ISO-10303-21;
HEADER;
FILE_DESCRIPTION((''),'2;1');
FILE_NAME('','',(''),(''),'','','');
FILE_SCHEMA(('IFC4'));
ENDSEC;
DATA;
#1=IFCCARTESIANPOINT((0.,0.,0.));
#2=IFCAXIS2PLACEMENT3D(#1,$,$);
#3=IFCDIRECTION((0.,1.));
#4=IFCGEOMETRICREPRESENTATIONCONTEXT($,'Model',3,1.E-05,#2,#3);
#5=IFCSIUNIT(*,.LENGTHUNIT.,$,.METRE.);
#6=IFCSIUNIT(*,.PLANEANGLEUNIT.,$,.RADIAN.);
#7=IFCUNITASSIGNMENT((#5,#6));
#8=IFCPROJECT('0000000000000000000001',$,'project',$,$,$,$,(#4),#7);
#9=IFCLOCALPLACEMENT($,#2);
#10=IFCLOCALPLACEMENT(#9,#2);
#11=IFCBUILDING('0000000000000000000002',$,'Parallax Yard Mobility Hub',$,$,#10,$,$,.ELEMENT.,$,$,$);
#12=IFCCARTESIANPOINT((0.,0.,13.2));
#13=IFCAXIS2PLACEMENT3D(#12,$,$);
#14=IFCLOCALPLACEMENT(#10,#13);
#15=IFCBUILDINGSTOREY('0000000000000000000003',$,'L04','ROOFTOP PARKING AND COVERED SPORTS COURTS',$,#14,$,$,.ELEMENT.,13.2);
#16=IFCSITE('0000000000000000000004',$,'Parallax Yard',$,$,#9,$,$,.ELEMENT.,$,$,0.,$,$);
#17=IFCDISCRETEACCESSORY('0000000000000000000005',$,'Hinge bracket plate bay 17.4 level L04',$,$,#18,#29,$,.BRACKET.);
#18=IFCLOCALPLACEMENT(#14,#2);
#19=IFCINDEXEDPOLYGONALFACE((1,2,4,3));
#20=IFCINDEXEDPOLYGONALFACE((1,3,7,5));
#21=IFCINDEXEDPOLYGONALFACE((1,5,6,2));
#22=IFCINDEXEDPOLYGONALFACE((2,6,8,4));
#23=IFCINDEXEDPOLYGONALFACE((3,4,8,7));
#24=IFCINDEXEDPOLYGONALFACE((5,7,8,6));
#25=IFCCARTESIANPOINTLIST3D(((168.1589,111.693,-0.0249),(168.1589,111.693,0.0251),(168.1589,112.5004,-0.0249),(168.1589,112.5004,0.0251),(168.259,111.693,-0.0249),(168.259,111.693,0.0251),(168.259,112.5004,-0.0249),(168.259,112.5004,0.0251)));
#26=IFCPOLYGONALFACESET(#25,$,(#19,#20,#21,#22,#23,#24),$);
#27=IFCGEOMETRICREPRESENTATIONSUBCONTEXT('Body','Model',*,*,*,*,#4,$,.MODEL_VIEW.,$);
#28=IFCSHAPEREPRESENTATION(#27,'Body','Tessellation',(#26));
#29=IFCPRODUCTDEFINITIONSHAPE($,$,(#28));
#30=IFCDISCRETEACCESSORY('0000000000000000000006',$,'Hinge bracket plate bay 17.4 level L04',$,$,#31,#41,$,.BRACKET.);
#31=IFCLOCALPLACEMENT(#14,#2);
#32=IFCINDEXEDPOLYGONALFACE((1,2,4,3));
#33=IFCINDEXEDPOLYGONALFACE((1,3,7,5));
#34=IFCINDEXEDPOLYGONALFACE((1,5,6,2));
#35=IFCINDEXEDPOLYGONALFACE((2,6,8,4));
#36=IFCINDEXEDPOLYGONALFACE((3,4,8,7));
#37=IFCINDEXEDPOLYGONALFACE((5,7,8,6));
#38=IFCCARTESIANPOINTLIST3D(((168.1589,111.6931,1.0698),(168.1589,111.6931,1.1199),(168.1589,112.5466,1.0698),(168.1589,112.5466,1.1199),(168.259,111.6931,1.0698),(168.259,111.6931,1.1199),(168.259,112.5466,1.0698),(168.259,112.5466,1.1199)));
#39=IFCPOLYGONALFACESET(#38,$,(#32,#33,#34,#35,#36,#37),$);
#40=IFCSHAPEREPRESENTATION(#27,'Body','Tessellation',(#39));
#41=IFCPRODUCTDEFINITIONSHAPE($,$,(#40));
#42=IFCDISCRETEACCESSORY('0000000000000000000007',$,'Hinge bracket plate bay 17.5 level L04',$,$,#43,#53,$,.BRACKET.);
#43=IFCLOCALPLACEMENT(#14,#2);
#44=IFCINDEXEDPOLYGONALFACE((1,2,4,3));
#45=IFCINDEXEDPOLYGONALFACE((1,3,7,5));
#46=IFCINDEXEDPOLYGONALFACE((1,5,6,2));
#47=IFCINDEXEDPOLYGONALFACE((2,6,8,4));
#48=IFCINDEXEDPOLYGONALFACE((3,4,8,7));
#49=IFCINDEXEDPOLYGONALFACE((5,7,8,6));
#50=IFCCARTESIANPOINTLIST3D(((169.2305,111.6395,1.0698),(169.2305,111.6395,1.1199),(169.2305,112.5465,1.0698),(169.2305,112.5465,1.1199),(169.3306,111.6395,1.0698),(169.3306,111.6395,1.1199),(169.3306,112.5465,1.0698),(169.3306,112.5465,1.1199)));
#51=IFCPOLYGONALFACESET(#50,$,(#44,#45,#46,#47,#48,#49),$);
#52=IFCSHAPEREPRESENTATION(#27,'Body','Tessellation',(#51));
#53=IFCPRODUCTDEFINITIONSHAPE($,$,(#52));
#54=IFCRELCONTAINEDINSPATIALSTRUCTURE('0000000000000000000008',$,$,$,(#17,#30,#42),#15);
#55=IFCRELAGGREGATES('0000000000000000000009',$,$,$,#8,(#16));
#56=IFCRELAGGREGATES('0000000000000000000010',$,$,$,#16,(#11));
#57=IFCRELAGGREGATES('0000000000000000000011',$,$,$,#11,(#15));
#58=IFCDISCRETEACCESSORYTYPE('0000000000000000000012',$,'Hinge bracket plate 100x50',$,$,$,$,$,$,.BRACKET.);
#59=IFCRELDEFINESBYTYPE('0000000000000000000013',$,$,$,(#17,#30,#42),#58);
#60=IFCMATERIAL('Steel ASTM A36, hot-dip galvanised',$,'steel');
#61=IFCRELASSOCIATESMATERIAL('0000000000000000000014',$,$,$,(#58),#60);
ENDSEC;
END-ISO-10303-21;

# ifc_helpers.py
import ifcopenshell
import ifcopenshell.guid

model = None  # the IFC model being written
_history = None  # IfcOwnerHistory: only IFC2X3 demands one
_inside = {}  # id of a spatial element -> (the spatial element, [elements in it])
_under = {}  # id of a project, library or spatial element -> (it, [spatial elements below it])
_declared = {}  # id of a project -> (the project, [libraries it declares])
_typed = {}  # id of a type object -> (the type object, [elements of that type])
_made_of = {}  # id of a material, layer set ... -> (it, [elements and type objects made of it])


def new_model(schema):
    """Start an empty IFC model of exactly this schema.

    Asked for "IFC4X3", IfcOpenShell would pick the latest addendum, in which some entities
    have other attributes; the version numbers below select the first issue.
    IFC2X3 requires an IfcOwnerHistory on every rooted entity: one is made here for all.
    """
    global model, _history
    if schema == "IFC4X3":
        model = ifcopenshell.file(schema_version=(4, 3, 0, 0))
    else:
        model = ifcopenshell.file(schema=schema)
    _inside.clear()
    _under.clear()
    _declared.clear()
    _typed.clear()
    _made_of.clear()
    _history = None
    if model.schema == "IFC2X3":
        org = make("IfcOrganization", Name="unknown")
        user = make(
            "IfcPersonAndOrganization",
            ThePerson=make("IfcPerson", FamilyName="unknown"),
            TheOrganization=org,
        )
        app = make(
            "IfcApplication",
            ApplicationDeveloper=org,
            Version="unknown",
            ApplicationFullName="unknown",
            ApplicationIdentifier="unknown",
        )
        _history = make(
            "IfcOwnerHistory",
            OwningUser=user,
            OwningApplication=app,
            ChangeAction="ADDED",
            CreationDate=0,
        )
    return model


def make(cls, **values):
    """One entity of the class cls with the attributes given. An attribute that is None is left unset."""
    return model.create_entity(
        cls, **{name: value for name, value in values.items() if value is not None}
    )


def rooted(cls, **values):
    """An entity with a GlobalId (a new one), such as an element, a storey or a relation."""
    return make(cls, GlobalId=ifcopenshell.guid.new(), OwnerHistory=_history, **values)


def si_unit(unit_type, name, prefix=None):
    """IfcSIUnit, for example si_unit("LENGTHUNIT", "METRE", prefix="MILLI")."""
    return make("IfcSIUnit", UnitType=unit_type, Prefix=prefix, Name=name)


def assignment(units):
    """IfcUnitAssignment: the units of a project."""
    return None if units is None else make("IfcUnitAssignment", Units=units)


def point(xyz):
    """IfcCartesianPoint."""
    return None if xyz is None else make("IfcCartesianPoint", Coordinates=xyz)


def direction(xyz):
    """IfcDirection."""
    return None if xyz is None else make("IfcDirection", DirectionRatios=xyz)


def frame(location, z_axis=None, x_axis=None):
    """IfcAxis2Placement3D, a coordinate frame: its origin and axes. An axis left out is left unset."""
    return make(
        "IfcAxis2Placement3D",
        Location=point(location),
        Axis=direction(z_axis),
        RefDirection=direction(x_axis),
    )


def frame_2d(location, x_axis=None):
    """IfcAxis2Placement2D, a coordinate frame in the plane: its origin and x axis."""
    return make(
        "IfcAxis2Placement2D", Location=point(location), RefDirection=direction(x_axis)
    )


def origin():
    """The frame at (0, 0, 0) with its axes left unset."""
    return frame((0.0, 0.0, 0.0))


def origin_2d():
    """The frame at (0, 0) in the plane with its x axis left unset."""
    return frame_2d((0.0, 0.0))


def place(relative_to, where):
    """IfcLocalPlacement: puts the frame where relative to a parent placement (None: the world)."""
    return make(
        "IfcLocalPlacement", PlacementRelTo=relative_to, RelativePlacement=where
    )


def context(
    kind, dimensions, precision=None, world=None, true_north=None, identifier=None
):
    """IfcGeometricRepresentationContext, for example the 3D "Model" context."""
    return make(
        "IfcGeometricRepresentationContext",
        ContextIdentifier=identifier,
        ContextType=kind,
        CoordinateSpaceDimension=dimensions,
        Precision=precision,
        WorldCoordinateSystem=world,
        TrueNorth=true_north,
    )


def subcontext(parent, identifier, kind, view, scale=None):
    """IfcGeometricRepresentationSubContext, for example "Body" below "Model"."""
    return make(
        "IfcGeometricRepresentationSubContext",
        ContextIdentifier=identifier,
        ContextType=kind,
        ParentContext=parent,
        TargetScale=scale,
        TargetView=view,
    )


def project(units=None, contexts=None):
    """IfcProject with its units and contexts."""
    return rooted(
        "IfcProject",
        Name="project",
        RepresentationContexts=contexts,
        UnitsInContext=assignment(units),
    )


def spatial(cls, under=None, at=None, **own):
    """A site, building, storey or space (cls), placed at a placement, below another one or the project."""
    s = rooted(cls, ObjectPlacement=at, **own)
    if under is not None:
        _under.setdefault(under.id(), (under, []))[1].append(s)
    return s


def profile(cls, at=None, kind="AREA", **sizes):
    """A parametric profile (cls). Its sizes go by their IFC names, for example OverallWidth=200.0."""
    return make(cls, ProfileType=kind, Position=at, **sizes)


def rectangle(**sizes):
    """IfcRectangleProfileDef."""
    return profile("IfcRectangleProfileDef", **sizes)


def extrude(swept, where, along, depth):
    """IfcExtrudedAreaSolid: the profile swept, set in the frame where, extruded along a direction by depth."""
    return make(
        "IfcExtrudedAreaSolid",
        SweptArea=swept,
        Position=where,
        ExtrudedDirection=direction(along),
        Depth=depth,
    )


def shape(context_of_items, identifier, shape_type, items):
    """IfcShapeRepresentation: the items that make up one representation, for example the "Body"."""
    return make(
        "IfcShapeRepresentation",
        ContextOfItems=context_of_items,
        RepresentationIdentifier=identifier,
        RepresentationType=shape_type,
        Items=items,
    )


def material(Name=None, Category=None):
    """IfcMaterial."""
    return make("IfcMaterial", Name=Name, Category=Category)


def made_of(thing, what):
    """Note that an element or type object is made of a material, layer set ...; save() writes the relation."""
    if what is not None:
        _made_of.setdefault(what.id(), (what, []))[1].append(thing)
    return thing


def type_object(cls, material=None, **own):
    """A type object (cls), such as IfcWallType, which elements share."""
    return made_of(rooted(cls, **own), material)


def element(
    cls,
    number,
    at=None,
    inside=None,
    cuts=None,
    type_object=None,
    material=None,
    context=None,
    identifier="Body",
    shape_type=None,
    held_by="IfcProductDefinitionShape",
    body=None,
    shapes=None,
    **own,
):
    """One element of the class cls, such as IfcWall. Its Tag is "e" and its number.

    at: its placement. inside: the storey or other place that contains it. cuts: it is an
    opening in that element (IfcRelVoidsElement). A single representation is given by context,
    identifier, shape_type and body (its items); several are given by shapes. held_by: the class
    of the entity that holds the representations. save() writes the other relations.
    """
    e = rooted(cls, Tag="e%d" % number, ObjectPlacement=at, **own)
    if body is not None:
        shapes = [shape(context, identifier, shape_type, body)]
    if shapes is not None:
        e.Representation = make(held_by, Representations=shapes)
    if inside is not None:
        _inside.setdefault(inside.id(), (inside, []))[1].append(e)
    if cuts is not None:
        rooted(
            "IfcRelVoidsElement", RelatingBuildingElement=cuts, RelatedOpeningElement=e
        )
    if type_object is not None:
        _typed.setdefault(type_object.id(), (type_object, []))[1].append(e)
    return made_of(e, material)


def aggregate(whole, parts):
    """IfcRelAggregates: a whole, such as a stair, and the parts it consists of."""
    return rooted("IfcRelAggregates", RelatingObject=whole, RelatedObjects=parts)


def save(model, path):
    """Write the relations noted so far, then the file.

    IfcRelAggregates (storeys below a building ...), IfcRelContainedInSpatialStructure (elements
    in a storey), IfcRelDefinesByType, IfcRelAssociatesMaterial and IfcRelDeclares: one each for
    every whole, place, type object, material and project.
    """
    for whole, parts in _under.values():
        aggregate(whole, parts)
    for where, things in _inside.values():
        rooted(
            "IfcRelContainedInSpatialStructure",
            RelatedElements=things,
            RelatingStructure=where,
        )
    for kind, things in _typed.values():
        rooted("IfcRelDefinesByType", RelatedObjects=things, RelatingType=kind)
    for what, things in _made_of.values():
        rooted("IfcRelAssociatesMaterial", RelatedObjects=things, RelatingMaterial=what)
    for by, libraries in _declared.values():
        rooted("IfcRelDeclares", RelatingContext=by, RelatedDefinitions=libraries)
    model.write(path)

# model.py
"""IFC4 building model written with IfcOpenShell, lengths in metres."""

from ifc_helpers import new_model, si_unit, direction, frame, origin, origin_2d, place, context, subcontext, project, spatial, rectangle, extrude, material, type_object, element, save


model = new_model("IFC4")

# Units and contexts
model_context = context("Model", 3, precision=1e-05, world=origin(), true_north=direction((0.0, 1.0)))
body_context = subcontext(model_context, "Body", "Model", "MODEL_VIEW")
ifc_project = project(units=[si_unit("LENGTHUNIT", "METRE"), si_unit("PLANEANGLEUNIT", "RADIAN")], contexts=[model_context])

# Site, building, storey
site_placement = place(None, origin())
site = spatial("IfcSite", under=ifc_project, at=site_placement, Name="Parallax Yard", CompositionType="ELEMENT", RefElevation=0.0)
building_placement = place(site_placement, origin())
building = spatial("IfcBuilding", under=site, at=building_placement, Name="Parallax Yard Mobility Hub", CompositionType="ELEMENT")
storey_placement = place(building_placement, frame((0.0, 0.0, 13.2)))
storey = spatial("IfcBuildingStorey", under=building, at=storey_placement, Name="L04", Description="ROOFTOP PARKING AND COVERED SPORTS COURTS", CompositionType="ELEMENT", Elevation=13.2)

# Discrete accessories
ifc_material_1 = material(Name="Steel ASTM A36, hot-dip galvanised", Category="steel")
discrete_accessory_type = type_object("IfcDiscreteAccessoryType", Name="Hinge bracket plate 100x50", PredefinedType="BRACKET", material=ifc_material_1)
discrete_accessory_1_placement = place(storey_placement, frame((168.209, 112.0967, -0.0249), z_axis=(0.0, 0.0, 1.0), x_axis=(0.0, -1.0, 0.0)))
element("IfcDiscreteAccessory", 1, at=discrete_accessory_1_placement, inside=storey, type_object=discrete_accessory_type, Name="Hinge bracket plate bay 17.4 level L04", PredefinedType="BRACKET", context=body_context, shape_type="SweptSolid", body=[
    extrude(rectangle(XDim=0.8074, YDim=0.1001, at=origin_2d()), origin(), (0.0, 0.0, 1.0), 0.05),
])
discrete_accessory_2_placement = place(storey_placement, frame((168.209, 112.1199, 1.0698), z_axis=(0.0, 0.0, 1.0), x_axis=(0.0, -1.0, 0.0)))
element("IfcDiscreteAccessory", 2, at=discrete_accessory_2_placement, inside=storey, type_object=discrete_accessory_type, Name="Hinge bracket plate bay 17.4 level L04", PredefinedType="BRACKET", context=body_context, shape_type="SweptSolid", body=[
    extrude(rectangle(XDim=0.8535, YDim=0.1001, at=origin_2d()), origin(), (0.0, 0.0, 1.0), 0.05),
])
discrete_accessory_3_placement = place(storey_placement, frame((169.2805, 112.093, 1.0698), z_axis=(0.0, 0.0, 1.0), x_axis=(0.0, -1.0, 0.0)))
element("IfcDiscreteAccessory", 3, at=discrete_accessory_3_placement, inside=storey, type_object=discrete_accessory_type, Name="Hinge bracket plate bay 17.5 level L04", PredefinedType="BRACKET", context=body_context, shape_type="SweptSolid", body=[
    extrude(rectangle(XDim=0.907, YDim=0.1001, at=origin_2d()), origin(), (0.0, 0.0, 1.0), 0.05),
])

save(model, "model.ifc")
